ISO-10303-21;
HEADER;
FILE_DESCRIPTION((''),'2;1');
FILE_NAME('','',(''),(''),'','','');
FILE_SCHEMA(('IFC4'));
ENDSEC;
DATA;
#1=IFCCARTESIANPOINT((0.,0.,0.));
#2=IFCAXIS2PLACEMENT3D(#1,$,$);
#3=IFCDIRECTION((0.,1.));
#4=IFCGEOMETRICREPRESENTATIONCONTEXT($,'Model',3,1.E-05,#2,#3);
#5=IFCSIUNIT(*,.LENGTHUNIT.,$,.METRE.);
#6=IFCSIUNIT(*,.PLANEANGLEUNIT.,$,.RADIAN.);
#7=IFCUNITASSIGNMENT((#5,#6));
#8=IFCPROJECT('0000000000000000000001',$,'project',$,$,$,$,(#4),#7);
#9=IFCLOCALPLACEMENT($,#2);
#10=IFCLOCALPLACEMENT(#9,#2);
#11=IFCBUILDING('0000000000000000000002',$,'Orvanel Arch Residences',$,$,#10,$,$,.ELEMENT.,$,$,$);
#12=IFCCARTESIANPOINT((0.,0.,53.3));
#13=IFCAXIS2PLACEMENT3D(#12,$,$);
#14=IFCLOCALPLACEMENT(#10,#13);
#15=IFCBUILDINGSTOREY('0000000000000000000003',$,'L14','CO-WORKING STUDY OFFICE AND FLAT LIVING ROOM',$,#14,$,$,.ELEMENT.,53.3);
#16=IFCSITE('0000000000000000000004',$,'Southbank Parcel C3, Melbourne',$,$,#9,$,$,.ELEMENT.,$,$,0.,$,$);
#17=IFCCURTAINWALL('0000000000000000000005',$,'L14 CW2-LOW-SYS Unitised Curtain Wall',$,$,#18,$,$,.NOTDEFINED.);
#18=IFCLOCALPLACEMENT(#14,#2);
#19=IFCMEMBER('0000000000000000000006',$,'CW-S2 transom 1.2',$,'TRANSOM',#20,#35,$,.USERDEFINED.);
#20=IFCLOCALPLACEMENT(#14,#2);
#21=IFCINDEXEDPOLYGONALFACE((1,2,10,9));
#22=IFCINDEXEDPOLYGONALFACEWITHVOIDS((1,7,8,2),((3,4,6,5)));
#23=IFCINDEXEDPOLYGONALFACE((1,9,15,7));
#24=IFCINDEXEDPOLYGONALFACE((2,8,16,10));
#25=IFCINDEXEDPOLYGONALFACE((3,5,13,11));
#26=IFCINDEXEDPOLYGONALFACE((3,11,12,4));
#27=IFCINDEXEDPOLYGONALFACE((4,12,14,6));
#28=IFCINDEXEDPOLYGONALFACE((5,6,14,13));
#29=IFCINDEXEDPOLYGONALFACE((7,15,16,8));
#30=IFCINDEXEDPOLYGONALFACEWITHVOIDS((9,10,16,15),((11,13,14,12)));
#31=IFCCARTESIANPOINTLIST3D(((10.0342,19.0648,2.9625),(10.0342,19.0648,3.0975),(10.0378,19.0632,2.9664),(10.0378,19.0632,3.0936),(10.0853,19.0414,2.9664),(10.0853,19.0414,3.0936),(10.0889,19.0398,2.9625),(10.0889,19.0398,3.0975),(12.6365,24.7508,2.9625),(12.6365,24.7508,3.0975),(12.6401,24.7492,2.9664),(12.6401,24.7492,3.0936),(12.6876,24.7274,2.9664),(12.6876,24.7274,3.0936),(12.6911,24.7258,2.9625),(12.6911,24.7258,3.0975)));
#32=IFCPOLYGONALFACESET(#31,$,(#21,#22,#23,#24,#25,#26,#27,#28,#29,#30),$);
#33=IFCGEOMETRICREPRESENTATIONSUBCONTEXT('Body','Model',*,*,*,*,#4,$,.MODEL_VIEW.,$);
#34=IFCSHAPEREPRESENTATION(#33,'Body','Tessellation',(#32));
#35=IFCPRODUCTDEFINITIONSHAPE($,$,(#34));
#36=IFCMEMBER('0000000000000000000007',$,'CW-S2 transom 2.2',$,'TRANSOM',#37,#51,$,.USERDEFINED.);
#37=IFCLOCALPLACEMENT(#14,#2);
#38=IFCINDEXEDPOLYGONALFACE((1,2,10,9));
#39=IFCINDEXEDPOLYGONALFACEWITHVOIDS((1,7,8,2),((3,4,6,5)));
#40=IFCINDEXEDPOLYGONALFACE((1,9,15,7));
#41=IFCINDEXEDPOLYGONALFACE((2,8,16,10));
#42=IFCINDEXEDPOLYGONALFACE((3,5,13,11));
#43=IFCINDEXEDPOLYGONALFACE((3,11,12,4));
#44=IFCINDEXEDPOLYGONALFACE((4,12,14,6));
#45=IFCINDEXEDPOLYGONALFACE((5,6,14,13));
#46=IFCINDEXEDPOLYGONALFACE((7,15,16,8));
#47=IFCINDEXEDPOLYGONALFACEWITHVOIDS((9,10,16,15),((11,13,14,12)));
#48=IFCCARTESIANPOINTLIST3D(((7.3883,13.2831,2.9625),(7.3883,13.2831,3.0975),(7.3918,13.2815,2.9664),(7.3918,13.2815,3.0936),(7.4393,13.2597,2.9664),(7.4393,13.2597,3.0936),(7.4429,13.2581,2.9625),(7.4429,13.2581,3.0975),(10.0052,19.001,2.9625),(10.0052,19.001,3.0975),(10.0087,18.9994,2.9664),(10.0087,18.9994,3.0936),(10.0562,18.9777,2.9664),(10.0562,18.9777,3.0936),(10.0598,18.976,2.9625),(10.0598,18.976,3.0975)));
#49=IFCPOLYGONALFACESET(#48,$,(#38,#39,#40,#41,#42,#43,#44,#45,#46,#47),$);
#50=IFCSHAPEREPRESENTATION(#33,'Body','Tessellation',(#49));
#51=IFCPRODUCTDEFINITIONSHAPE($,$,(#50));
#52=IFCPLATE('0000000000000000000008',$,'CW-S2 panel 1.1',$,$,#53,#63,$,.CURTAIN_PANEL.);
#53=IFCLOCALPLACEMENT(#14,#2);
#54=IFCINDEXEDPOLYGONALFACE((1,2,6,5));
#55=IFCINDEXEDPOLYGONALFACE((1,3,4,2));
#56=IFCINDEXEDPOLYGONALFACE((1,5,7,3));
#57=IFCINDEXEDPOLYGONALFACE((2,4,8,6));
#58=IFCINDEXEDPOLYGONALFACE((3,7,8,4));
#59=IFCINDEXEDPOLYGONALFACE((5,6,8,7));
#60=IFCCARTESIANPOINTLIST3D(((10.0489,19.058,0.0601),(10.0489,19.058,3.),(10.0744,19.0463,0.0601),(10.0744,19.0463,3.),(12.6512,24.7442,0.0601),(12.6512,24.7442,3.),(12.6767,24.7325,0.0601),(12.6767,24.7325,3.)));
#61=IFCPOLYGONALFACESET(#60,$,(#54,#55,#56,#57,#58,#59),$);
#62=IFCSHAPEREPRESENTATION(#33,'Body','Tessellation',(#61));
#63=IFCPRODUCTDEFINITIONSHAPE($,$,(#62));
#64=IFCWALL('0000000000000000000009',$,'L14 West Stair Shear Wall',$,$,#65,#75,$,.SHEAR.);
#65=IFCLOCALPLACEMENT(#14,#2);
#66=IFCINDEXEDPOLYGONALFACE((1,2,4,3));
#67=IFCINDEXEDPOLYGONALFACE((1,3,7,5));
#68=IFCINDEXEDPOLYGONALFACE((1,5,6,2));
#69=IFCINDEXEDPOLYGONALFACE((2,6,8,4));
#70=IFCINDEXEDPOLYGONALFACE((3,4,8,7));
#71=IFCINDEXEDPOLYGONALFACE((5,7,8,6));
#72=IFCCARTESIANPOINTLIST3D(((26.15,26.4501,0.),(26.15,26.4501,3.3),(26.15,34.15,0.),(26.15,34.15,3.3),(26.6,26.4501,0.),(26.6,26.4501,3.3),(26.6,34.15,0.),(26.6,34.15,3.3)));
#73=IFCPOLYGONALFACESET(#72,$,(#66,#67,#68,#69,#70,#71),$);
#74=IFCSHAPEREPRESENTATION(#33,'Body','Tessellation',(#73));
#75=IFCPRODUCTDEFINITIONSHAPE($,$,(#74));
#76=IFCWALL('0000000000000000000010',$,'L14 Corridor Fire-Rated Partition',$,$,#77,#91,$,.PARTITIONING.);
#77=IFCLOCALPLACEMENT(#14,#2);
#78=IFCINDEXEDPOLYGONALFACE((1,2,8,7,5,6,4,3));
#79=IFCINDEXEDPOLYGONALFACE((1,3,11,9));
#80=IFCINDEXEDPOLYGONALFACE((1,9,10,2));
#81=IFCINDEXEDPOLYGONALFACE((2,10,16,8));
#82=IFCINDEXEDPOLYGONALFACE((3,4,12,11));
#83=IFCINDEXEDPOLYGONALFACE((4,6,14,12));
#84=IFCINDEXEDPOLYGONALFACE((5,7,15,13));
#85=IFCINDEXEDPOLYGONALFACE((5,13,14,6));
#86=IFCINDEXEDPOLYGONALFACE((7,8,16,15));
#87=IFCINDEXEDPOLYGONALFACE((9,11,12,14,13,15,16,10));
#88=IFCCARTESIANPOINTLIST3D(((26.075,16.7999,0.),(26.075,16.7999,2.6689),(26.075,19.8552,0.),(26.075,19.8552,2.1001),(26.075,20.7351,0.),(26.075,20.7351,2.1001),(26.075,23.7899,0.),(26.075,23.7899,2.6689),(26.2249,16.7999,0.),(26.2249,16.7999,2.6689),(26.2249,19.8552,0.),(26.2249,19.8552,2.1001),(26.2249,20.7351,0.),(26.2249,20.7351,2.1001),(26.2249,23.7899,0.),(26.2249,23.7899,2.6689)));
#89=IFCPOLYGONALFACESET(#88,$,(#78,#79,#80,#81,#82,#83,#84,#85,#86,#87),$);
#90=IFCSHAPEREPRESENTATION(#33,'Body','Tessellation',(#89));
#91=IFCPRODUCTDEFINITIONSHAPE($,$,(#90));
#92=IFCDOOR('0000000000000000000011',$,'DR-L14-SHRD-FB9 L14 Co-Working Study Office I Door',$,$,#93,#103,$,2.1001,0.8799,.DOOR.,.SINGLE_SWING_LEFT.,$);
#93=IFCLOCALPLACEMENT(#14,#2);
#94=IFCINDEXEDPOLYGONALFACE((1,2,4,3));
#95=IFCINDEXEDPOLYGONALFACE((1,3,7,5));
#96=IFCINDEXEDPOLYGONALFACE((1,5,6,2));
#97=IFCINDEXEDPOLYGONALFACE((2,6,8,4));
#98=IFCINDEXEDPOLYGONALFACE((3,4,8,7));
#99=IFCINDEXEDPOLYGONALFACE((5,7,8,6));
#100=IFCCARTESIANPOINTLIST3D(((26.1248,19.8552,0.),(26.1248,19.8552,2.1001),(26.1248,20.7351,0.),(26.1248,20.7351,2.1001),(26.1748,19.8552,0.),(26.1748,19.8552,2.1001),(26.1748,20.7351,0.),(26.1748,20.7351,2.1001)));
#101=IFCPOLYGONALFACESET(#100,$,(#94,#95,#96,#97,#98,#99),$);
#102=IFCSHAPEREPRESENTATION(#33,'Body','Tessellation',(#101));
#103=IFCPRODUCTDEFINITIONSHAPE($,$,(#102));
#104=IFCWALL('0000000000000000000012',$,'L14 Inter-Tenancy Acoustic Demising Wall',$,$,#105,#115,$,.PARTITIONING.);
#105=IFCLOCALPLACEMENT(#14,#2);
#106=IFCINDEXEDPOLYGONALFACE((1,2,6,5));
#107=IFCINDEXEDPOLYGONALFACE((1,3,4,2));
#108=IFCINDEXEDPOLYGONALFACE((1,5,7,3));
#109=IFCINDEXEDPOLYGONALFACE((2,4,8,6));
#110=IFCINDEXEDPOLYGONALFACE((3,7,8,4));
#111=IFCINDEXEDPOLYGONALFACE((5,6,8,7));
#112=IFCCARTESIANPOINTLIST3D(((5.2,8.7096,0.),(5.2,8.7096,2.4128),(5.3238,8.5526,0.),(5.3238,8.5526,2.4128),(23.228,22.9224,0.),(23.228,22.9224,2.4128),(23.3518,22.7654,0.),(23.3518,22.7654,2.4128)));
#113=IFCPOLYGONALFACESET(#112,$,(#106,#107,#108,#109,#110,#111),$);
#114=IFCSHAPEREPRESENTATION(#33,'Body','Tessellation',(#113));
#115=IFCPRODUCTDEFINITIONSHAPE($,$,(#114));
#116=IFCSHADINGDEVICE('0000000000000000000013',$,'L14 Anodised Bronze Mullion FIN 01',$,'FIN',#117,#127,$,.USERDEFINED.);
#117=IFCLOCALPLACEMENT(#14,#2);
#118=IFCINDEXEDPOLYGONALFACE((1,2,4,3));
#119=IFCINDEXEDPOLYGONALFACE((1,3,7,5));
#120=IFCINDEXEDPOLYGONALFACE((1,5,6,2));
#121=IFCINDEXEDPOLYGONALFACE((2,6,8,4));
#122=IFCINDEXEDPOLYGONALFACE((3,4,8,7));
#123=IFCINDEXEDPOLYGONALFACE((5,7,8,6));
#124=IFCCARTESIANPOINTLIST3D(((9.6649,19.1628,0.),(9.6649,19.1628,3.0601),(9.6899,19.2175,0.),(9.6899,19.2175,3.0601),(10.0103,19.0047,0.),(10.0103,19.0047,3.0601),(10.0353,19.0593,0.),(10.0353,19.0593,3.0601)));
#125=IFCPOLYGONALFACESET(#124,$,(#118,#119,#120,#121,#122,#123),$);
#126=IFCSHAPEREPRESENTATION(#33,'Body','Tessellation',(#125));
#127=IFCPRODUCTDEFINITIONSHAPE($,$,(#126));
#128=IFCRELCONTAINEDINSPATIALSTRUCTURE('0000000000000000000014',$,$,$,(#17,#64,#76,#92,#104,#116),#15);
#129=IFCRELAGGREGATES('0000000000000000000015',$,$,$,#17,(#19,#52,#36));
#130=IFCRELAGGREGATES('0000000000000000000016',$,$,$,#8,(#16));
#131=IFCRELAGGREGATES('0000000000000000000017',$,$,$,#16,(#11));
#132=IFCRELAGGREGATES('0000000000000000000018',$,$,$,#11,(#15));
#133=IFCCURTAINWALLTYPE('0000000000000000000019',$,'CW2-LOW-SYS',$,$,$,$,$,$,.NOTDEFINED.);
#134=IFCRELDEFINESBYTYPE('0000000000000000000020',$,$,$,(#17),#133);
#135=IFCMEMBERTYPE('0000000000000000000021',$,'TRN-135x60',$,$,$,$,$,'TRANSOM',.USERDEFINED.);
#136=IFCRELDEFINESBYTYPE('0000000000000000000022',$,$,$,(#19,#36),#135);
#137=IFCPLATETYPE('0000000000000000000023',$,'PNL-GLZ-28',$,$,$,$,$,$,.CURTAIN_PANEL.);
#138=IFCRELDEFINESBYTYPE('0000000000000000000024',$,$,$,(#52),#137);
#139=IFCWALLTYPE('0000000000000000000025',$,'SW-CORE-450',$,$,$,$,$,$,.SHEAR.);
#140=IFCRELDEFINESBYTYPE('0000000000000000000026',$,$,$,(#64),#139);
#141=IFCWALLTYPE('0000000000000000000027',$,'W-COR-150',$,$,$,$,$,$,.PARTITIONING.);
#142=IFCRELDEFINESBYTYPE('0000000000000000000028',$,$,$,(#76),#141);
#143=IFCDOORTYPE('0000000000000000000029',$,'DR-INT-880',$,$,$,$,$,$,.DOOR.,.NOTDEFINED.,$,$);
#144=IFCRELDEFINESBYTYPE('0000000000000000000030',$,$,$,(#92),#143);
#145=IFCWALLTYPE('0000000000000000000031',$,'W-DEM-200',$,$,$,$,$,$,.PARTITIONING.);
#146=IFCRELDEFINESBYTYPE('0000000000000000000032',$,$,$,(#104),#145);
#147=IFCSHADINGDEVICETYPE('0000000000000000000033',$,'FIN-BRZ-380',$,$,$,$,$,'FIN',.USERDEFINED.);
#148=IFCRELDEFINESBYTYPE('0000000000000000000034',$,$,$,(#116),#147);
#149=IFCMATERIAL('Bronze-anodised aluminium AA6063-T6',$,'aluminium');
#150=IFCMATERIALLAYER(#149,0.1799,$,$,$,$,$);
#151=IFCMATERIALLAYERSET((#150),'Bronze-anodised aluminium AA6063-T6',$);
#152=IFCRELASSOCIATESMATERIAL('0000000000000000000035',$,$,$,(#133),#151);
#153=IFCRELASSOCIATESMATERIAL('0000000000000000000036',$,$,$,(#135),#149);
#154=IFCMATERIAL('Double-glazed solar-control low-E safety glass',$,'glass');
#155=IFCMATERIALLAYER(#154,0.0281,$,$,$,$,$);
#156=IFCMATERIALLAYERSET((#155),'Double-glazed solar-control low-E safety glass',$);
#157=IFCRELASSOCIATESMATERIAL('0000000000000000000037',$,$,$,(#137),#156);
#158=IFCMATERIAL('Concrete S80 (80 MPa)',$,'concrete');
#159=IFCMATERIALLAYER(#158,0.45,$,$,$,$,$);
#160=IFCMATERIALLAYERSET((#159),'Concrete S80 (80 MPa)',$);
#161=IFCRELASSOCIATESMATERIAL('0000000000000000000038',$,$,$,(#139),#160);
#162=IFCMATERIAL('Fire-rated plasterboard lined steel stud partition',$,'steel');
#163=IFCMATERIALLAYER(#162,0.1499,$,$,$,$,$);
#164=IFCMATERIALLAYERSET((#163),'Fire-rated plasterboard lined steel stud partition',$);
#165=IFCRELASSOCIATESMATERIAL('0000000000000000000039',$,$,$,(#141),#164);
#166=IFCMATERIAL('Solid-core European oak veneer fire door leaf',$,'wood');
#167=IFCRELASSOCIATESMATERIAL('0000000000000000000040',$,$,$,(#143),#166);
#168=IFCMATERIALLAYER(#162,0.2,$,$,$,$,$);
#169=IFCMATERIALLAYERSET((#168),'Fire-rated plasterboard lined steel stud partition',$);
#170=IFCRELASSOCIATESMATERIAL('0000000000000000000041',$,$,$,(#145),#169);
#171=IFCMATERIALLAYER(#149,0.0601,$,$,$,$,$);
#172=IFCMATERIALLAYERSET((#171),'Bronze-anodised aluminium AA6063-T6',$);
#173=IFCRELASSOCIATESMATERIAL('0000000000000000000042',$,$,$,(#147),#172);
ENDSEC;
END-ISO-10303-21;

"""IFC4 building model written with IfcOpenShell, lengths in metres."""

from ifc_helpers import new_model, si_unit, direction, frame, frame_2d, origin, origin_2d, place, context, subcontext, project, spatial, rectangle, hollow_rectangle, extrude, material, layer, layer_set, material_profile, profile_set, type_object, element, fill, aggregate, save


model = new_model("IFC4")

# Units and contexts
model_context = context("Model", 3, precision=1e-05, world=origin(), true_north=direction((0.0, 1.0)))
body_context = subcontext(model_context, "Body", "Model", "MODEL_VIEW")
ifc_project = project(units=[si_unit("LENGTHUNIT", "METRE"), si_unit("PLANEANGLEUNIT", "RADIAN")], contexts=[model_context])

# Site, building, storey
site_placement = place(None, origin())
site = spatial("IfcSite", under=ifc_project, at=site_placement, Name="Southbank Parcel C3, Melbourne", CompositionType="ELEMENT", RefElevation=0.0)
building_placement = place(site_placement, origin())
building = spatial("IfcBuilding", under=site, at=building_placement, Name="Orvanel Arch Residences", CompositionType="ELEMENT")
storey_placement = place(building_placement, frame((0.0, 0.0, 53.3)))
storey = spatial("IfcBuildingStorey", under=building, at=storey_placement, Name="L14", Description="CO-WORKING STUDY OFFICE AND FLAT LIVING ROOM", CompositionType="ELEMENT", Elevation=53.3)

# Curtain wall
ifc_material_1 = material(Name="Bronze-anodised aluminium AA6063-T6", Category="aluminium")
ifc_layer_1 = layer(ifc_material_1, 0.1799)
ifc_layer_set_1 = layer_set([ifc_layer_1], Name="Bronze-anodised aluminium AA6063-T6")
curtain_wall_type = type_object("IfcCurtainWallType", Name="CW2-LOW-SYS", PredefinedType="NOTDEFINED", material=ifc_layer_set_1)
curtain_wall_placement = place(storey_placement, origin())
curtain_wall = element("IfcCurtainWall", 1, at=curtain_wall_placement, inside=storey, type_object=curtain_wall_type, Name="L14 CW2-LOW-SYS Unitised Curtain Wall", PredefinedType="NOTDEFINED")

# Members
ifc_material_profile_1 = material_profile(ifc_material_1, hollow_rectangle(XDim=0.0601, YDim=0.135, WallThickness=0.0039, at=origin_2d()), Name="ALU135x60x4")
ifc_profile_set_1 = profile_set([ifc_material_profile_1], Name="Bronze-anodised aluminium AA6063-T6")
member_type_1 = type_object("IfcMemberType", Name="TRN-135x60", ElementType="TRANSOM", PredefinedType="USERDEFINED", material=ifc_profile_set_1)
member_1_placement = place(storey_placement, frame((12.6638, 24.7383, 3.03), z_axis=(-0.416152, -0.909295, 0.0), x_axis=(0.909295, -0.416152, 0.0)))
member_1 = element("IfcMember", 2, at=member_1_placement, type_object=member_type_1, Name="CW-S2 transom 1.2", ObjectType="TRANSOM", PredefinedType="USERDEFINED", context=body_context, shape_type="SweptSolid", body=[
    extrude(hollow_rectangle(XDim=0.0601, YDim=0.135, WallThickness=0.0039, at=origin_2d()), origin(), (0.0, 0.0, 1.0), 6.2532),
])
member_2_placement = place(storey_placement, frame((10.0325, 18.9885, 3.03), z_axis=(-0.416153, -0.909294, 0.0), x_axis=(0.909294, -0.416153, 0.0)))
member_2 = element("IfcMember", 3, at=member_2_placement, type_object=member_type_1, Name="CW-S2 transom 2.2", ObjectType="TRANSOM", PredefinedType="USERDEFINED", context=body_context, shape_type="SweptSolid", body=[
    extrude(hollow_rectangle(XDim=0.0601, YDim=0.135, WallThickness=0.0039, at=origin_2d()), origin(), (0.0, 0.0, 1.0), 6.2883),
])

# Plate
ifc_material_2 = material(Name="Double-glazed solar-control low-E safety glass", Category="glass")
ifc_layer_2 = layer(ifc_material_2, 0.0281)
ifc_layer_set_2 = layer_set([ifc_layer_2], Name="Double-glazed solar-control low-E safety glass")
plate_type = type_object("IfcPlateType", Name="PNL-GLZ-28", PredefinedType="CURTAIN_PANEL", material=ifc_layer_set_2)
plate_placement = place(storey_placement, frame((11.3628, 21.8953, 0.0601), z_axis=(0.0, 0.0, 1.0), x_axis=(-0.416144, -0.909299, 0.0)))
plate = element("IfcPlate", 4, at=plate_placement, type_object=plate_type, Name="CW-S2 panel 1.1", PredefinedType="CURTAIN_PANEL", context=body_context, shape_type="SweptSolid", body=[
    extrude(rectangle(XDim=6.2534, YDim=0.0281, at=origin_2d()), origin(), (0.0, 0.0, 1.0), 2.9399),
])
aggregate(curtain_wall, [member_1, plate, member_2])

# Shared definitions
ifc_material_3 = material(Name="Concrete S80 (80 MPa)", Category="concrete")
ifc_layer_3 = layer(ifc_material_3, 0.45)
ifc_layer_set_3 = layer_set([ifc_layer_3], Name="Concrete S80 (80 MPa)")
wall_type_1 = type_object("IfcWallType", Name="SW-CORE-450", PredefinedType="SHEAR", material=ifc_layer_set_3)

# Wall
wall_1_placement = place(storey_placement, frame((26.375, 26.45, 0.0), z_axis=(0.0, 0.0, 1.0), x_axis=(0.0, 1.0, 0.0)))
element("IfcWall", 5, at=wall_1_placement, inside=storey, type_object=wall_type_1, Name="L14 West Stair Shear Wall", PredefinedType="SHEAR", context=body_context, shape_type="SweptSolid", body=[
    extrude(rectangle(XDim=7.7, YDim=0.45, at=frame_2d((3.8501, 0.0))), origin(), (0.0, 0.0, 1.0), 3.3),
])

# Wall, opening, door
ifc_material_4 = material(Name="Fire-rated plasterboard lined steel stud partition", Category="steel")
ifc_layer_4 = layer(ifc_material_4, 0.1499)
ifc_layer_set_4 = layer_set([ifc_layer_4], Name="Fire-rated plasterboard lined steel stud partition")
wall_type_2 = type_object("IfcWallType", Name="W-COR-150", PredefinedType="PARTITIONING", material=ifc_layer_set_4)
wall_2_placement = place(storey_placement, frame((26.1499, 23.79, 0.0), z_axis=(0.0, 0.0, 1.0), x_axis=(0.0, -1.0, 0.0)))
wall_2 = element("IfcWall", 6, at=wall_2_placement, inside=storey, type_object=wall_type_2, Name="L14 Corridor Fire-Rated Partition", PredefinedType="PARTITIONING", context=body_context, shape_type="SweptSolid", body=[
    extrude(rectangle(XDim=6.99, YDim=0.1499, at=frame_2d((3.4951, 0.0))), origin(), (0.0, 0.0, 1.0), 2.6689),
])
opening_1_placement = place(wall_2_placement, frame((3.0549, 0.0, 0.0)))
opening_1 = element("IfcOpeningElement", 7, at=opening_1_placement, cuts=wall_2, PredefinedType="OPENING", context=body_context, shape_type="SweptSolid", body=[
    extrude(rectangle(XDim=0.8799, YDim=2.1001, at=frame_2d((0.4399, 1.05))), frame((0.0, 0.085, 0.0), z_axis=(0.0, -1.0, 0.0), x_axis=(1.0, 0.0, 0.0)), (0.0, 0.0, 1.0), 0.1699),
])
ifc_material_5 = material(Name="Solid-core European oak veneer fire door leaf", Category="wood")
door_type_1 = type_object("IfcDoorType", Name="DR-INT-880", OperationType="NOTDEFINED", PredefinedType="DOOR", material=ifc_material_5)
door_1_placement = place(opening_1_placement, origin())
door_1 = element("IfcDoor", 8, at=door_1_placement, inside=storey, type_object=door_type_1, Name="DR-L14-SHRD-FB9 L14 Co-Working Study Office I Door", OperationType="SINGLE_SWING_LEFT", OverallHeight=2.1001, OverallWidth=0.8799, PredefinedType="DOOR", context=body_context, shape_type="SweptSolid", body=[
    extrude(rectangle(XDim=0.8799, YDim=2.1001, at=frame_2d((0.4399, 1.05))), frame((0.0, 0.0249, 0.0), z_axis=(0.0, -1.0, 0.0), x_axis=(1.0, 0.0, 0.0)), (0.0, 0.0, 1.0), 0.05),
])
fill(opening_1, door_1)

# Wall
ifc_layer_5 = layer(ifc_material_4, 0.2)
ifc_layer_set_5 = layer_set([ifc_layer_5], Name="Fire-rated plasterboard lined steel stud partition")
wall_type_3 = type_object("IfcWallType", Name="W-DEM-200", PredefinedType="PARTITIONING", material=ifc_layer_set_5)
wall_3_placement = place(storey_placement, frame((23.29, 22.844, 0.0), z_axis=(0.0, 0.0, 1.0), x_axis=(-0.785302, -0.619113, 0.0)))
element("IfcWall", 9, at=wall_3_placement, inside=storey, type_object=wall_type_3, Name="L14 Inter-Tenancy Acoustic Demising Wall", PredefinedType="PARTITIONING", context=body_context, shape_type="SweptSolid", body=[
    extrude(rectangle(XDim=22.9568, YDim=0.2, at=frame_2d((11.4785, 0.0))), origin(), (0.0, 0.0, 1.0), 2.4128),
])

# Shading device
ifc_layer_6 = layer(ifc_material_1, 0.0601)
ifc_layer_set_6 = layer_set([ifc_layer_6], Name="Bronze-anodised aluminium AA6063-T6")
shading_device_type = type_object("IfcShadingDeviceType", Name="FIN-BRZ-380", ElementType="FIN", PredefinedType="USERDEFINED", material=ifc_layer_set_6)
shading_device_placement = place(storey_placement, frame((9.8501, 19.1111, 0.0), z_axis=(0.0, 0.0, 1.0), x_axis=(-0.909236, 0.416281, 0.0)))
element("IfcShadingDevice", 10, at=shading_device_placement, inside=storey, type_object=shading_device_type, Name="L14 Anodised Bronze Mullion FIN 01", ObjectType="FIN", PredefinedType="USERDEFINED", context=body_context, shape_type="SweptSolid", body=[
    extrude(rectangle(XDim=0.3799, YDim=0.0601, at=origin_2d()), origin(), (0.0, 0.0, 1.0), 3.0601),
])

save(model, "model.ifc")
